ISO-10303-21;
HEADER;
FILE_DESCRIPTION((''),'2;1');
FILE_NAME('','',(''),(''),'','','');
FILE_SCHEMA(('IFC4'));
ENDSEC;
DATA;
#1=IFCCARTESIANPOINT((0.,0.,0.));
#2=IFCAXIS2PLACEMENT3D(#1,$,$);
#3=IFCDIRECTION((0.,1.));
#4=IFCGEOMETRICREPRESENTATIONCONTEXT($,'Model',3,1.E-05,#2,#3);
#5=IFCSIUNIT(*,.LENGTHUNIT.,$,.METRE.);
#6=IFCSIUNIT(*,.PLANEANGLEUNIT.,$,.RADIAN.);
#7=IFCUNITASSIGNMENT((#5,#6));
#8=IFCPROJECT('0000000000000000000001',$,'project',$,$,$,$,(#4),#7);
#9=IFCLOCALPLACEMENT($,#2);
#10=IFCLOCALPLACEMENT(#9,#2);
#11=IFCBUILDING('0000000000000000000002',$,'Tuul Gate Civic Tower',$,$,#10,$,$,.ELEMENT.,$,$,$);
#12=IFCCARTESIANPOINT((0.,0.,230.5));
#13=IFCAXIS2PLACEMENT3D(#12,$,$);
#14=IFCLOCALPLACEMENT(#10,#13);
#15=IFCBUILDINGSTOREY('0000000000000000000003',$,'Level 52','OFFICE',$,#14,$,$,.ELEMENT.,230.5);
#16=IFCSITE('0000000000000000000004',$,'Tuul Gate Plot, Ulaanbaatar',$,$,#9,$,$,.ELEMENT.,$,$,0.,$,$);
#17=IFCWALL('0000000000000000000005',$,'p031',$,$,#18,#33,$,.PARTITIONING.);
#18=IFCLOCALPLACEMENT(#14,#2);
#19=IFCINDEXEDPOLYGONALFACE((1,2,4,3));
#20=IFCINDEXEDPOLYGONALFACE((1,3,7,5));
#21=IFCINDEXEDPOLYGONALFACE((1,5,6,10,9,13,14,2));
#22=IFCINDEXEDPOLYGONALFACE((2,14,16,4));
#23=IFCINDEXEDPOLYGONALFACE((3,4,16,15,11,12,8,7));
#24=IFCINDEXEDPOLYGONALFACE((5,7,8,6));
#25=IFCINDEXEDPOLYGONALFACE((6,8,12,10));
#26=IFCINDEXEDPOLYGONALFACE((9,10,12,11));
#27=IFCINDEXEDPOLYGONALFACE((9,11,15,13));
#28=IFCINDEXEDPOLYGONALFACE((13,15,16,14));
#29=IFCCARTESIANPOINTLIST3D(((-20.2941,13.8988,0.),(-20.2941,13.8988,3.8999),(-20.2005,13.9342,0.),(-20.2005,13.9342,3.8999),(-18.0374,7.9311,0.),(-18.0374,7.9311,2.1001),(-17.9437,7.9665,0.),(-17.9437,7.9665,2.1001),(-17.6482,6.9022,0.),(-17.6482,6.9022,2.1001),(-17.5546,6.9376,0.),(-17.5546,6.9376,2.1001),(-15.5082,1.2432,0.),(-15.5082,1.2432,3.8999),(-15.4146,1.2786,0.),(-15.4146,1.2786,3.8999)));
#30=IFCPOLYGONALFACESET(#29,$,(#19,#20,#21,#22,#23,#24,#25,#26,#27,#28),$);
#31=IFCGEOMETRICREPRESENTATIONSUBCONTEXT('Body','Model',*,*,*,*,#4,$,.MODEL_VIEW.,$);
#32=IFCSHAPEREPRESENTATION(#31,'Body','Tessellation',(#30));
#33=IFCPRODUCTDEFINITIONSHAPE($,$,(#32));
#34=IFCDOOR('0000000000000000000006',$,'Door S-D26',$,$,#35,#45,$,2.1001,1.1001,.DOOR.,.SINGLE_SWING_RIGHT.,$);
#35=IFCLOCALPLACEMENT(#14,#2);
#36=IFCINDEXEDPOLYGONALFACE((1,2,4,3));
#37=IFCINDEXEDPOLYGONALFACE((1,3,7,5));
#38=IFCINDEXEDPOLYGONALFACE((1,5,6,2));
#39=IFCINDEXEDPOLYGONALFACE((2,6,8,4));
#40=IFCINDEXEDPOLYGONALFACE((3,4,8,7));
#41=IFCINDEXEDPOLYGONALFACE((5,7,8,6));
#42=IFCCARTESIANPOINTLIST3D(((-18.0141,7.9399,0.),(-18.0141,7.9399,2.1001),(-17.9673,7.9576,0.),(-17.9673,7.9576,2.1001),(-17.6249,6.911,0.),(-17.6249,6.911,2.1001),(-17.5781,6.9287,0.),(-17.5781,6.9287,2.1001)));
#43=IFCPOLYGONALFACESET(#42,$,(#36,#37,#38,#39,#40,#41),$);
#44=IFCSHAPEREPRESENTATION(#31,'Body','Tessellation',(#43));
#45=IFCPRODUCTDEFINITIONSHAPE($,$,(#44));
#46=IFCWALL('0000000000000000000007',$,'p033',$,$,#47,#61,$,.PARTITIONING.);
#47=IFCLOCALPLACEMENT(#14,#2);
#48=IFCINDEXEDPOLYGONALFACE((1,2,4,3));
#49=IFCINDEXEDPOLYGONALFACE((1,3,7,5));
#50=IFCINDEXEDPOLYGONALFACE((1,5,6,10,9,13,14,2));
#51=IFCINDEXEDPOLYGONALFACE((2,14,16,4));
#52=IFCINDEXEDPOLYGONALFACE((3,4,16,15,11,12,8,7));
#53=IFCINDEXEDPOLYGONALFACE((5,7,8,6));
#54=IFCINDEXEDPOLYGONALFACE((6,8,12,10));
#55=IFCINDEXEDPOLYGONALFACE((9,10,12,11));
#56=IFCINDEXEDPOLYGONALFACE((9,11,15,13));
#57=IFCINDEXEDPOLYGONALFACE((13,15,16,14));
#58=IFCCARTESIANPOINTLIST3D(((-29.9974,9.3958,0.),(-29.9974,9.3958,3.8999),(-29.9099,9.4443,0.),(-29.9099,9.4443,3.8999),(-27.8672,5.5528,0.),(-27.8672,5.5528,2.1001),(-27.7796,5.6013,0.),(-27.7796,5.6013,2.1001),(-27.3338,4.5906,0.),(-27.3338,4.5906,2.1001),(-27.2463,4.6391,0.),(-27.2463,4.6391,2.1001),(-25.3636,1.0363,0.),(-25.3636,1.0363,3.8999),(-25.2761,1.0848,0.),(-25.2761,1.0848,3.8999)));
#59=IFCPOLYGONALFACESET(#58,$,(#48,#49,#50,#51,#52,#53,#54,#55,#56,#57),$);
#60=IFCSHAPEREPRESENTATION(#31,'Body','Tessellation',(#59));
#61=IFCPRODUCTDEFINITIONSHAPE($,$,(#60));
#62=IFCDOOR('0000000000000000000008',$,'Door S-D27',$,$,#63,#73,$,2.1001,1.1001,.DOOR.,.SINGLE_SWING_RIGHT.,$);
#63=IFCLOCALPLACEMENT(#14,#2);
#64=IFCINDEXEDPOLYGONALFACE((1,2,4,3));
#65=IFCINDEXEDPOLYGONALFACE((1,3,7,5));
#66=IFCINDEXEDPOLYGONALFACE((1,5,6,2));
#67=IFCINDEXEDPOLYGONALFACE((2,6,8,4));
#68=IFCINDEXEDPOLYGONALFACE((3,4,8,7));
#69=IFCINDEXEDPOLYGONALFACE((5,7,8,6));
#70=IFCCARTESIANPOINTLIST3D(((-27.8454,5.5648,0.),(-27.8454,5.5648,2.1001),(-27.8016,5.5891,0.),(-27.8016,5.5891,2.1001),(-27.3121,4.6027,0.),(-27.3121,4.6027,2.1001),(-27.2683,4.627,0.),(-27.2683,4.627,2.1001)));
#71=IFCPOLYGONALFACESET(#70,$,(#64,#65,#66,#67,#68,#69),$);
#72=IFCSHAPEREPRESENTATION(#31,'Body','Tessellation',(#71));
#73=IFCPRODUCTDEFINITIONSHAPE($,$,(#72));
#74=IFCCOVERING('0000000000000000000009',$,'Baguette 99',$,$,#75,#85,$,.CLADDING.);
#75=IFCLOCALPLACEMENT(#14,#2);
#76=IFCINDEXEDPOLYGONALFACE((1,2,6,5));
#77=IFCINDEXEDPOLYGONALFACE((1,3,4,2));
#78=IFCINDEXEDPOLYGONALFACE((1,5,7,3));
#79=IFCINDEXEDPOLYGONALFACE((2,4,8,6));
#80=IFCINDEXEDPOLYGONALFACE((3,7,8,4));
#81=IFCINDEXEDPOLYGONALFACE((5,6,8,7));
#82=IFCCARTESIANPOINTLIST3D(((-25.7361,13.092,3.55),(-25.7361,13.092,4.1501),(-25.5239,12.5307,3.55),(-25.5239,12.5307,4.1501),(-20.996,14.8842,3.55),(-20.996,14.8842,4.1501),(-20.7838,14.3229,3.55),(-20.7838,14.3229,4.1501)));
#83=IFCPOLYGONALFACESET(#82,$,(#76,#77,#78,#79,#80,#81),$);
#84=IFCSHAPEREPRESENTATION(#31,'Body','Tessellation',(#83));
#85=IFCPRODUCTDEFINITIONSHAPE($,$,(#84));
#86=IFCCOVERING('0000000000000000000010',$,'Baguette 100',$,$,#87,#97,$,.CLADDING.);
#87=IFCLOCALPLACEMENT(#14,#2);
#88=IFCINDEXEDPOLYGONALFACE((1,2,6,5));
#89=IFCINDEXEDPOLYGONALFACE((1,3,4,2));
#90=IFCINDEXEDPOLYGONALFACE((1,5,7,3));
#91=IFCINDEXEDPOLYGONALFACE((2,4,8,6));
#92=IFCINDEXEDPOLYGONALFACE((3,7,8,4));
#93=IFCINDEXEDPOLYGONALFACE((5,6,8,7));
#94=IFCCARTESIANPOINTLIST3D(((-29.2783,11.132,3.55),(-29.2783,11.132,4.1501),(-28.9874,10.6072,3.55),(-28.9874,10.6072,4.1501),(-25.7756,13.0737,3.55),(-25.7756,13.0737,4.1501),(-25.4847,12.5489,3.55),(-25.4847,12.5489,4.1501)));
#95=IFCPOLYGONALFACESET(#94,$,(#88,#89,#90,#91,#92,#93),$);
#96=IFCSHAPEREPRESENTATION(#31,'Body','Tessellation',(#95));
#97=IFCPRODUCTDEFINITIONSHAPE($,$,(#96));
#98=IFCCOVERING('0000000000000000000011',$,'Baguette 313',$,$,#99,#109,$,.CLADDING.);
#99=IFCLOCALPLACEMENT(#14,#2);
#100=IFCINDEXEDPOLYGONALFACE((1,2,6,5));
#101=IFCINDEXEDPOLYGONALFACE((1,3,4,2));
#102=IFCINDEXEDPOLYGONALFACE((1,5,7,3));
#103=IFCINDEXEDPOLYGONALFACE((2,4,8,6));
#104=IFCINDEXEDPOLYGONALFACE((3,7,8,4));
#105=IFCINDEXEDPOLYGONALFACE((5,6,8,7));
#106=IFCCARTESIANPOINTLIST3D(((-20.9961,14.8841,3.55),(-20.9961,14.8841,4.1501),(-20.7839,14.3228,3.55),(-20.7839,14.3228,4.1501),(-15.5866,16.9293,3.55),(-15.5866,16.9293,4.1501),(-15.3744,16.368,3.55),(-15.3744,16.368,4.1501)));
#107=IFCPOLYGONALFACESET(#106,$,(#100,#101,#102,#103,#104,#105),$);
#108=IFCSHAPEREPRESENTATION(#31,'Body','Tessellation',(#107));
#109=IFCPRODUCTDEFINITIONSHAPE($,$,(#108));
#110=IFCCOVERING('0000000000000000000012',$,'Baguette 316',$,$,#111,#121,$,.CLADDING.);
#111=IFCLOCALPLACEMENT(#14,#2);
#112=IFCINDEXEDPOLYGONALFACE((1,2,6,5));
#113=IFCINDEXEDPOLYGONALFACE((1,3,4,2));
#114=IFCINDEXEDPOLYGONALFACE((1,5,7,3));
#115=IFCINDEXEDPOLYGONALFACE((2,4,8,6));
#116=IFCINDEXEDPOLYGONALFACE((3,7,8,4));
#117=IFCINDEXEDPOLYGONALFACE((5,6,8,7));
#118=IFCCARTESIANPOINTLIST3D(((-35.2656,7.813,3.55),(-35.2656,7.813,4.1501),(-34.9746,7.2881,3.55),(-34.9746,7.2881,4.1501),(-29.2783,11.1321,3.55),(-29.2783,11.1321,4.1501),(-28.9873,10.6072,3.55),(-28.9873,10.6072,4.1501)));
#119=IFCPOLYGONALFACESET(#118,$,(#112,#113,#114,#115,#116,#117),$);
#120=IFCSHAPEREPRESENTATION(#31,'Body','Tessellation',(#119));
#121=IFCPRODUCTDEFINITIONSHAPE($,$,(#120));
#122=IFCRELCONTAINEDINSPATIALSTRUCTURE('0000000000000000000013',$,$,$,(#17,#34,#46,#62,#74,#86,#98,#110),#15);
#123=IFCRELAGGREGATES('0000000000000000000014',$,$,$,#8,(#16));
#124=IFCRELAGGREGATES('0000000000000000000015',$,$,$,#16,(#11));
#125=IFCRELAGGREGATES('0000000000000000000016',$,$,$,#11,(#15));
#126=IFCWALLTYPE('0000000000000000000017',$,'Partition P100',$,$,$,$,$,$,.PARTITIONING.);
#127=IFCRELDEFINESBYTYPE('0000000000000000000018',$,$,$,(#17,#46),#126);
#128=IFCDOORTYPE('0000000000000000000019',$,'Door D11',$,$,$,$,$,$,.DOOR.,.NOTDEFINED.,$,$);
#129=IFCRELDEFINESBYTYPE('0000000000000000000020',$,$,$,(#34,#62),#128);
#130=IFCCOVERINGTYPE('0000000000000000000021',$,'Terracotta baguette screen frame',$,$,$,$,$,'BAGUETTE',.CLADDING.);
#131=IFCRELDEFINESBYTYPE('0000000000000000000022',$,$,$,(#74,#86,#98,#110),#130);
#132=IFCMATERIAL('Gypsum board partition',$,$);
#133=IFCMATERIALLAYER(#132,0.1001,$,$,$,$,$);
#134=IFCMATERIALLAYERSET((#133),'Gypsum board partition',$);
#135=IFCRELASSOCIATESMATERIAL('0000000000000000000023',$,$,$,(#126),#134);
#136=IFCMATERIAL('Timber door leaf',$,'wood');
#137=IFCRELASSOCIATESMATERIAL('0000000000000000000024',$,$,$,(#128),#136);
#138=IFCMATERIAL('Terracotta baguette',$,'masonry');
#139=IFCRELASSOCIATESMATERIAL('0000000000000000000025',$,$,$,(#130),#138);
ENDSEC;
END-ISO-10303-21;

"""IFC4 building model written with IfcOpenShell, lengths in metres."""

from ifc_helpers import new_model, si_unit, direction, frame, frame_2d, origin, origin_2d, place, context, subcontext, project, spatial, rectangle, extrude, material, layer, layer_set, material_profile, profile_set, type_object, element, fill, save


model = new_model("IFC4")

# Units and contexts
model_context = context("Model", 3, precision=1e-05, world=origin(), true_north=direction((0.0, 1.0)))
body_context = subcontext(model_context, "Body", "Model", "MODEL_VIEW")
ifc_project = project(units=[si_unit("LENGTHUNIT", "METRE"), si_unit("PLANEANGLEUNIT", "RADIAN")], contexts=[model_context])

# Site, building, storey
site_placement = place(None, origin())
site = spatial("IfcSite", under=ifc_project, at=site_placement, Name="Tuul Gate Plot, Ulaanbaatar", CompositionType="ELEMENT", RefElevation=0.0)
building_placement = place(site_placement, origin())
building = spatial("IfcBuilding", under=site, at=building_placement, Name="Tuul Gate Civic Tower", CompositionType="ELEMENT")
storey_placement = place(building_placement, frame((0.0, 0.0, 230.5)))
storey = spatial("IfcBuildingStorey", under=building, at=storey_placement, Name="Level 52", Description="OFFICE", CompositionType="ELEMENT", Elevation=230.5)

# Walls, openings, doors
ifc_material_1 = material(Name="Gypsum board partition")
ifc_layer_1 = layer(ifc_material_1, 0.1001)
ifc_layer_set_1 = layer_set([ifc_layer_1], Name="Gypsum board partition")
wall_type_1 = type_object("IfcWallType", Name="Partition P100", PredefinedType="PARTITIONING", material=ifc_layer_set_1)
wall_1_placement = place(storey_placement, frame((-20.2473, 13.9165, 0.0), z_axis=(0.0, 0.0, 1.0), x_axis=(0.353718, -0.935352, 0.0)))
wall_1 = element("IfcWall", 1, at=wall_1_placement, inside=storey, type_object=wall_type_1, Name="p031", PredefinedType="PARTITIONING", context=body_context, shape_type="SweptSolid", body=[
    extrude(rectangle(XDim=13.5303, YDim=0.1001, at=frame_2d((6.7651, 0.0))), origin(), (0.0, 0.0, 1.0), 3.8999),
])
opening_1_placement = place(wall_1_placement, frame((6.3801, 0.0, 0.0)))
opening_1 = element("IfcOpeningElement", 2, at=opening_1_placement, cuts=wall_1, PredefinedType="OPENING", context=body_context, shape_type="SweptSolid", body=[
    extrude(rectangle(XDim=1.1001, YDim=2.1001, at=frame_2d((0.55, 1.05))), frame((0.0, 0.0601, 0.0), z_axis=(0.0, -1.0, 0.0), x_axis=(1.0, 0.0, 0.0)), (0.0, 0.0, 1.0), 0.1201),
])
ifc_material_2 = material(Name="Timber door leaf", Category="wood")
door_type = type_object("IfcDoorType", Name="Door D11", OperationType="NOTDEFINED", PredefinedType="DOOR", material=ifc_material_2)
door_1_placement = place(opening_1_placement, origin())
door_1 = element("IfcDoor", 3, at=door_1_placement, inside=storey, type_object=door_type, Name="Door S-D26", OperationType="SINGLE_SWING_RIGHT", OverallHeight=2.1001, OverallWidth=1.1001, PredefinedType="DOOR", context=body_context, shape_type="SweptSolid", body=[
    extrude(rectangle(XDim=1.1001, YDim=2.1001, at=frame_2d((0.55, 1.05))), frame((0.0, 0.0249, 0.0), z_axis=(0.0, -1.0, 0.0), x_axis=(1.0, 0.0, 0.0)), (0.0, 0.0, 1.0), 0.05),
])
fill(opening_1, door_1)
wall_2_placement = place(storey_placement, frame((-29.9536, 9.4199, 0.0), z_axis=(0.0, 0.0, 1.0), x_axis=(0.484819, -0.874615, 0.0)))
wall_2 = element("IfcWall", 4, at=wall_2_placement, inside=storey, type_object=wall_type_1, Name="p033", PredefinedType="PARTITIONING", context=body_context, shape_type="SweptSolid", body=[
    extrude(rectangle(XDim=9.5579, YDim=0.1001, at=frame_2d((4.7788, 0.0))), origin(), (0.0, 0.0, 1.0), 3.8999),
])
opening_2_placement = place(wall_2_placement, frame((4.3938, 0.0, 0.0)))
opening_2 = element("IfcOpeningElement", 5, at=opening_2_placement, cuts=wall_2, PredefinedType="OPENING", context=body_context, shape_type="SweptSolid", body=[
    extrude(rectangle(XDim=1.1001, YDim=2.1001, at=frame_2d((0.55, 1.05))), frame((0.0, 0.0601, 0.0), z_axis=(0.0, -1.0, 0.0), x_axis=(1.0, 0.0, 0.0)), (0.0, 0.0, 1.0), 0.1201),
])
door_2_placement = place(opening_2_placement, origin())
door_2 = element("IfcDoor", 6, at=door_2_placement, inside=storey, type_object=door_type, Name="Door S-D27", OperationType="SINGLE_SWING_RIGHT", OverallHeight=2.1001, OverallWidth=1.1001, PredefinedType="DOOR", context=body_context, shape_type="SweptSolid", body=[
    extrude(rectangle(XDim=1.1001, YDim=2.1001, at=frame_2d((0.55, 1.05))), frame((0.0, 0.0249, 0.0), z_axis=(0.0, -1.0, 0.0), x_axis=(1.0, 0.0, 0.0)), (0.0, 0.0, 1.0), 0.05),
])
fill(opening_2, door_2)

# Coverings
ifc_material_3 = material(Name="Terracotta baguette", Category="masonry")
ifc_material_profile_1 = material_profile(ifc_material_3, rectangle(XDim=0.6001, YDim=0.6001, at=origin_2d()), Name="Terracotta baguette screen frame")
ifc_profile_set_1 = profile_set([ifc_material_profile_1], Name="Terracotta baguette")
covering_type = type_object("IfcCoveringType", Name="Terracotta baguette screen frame", ElementType="BAGUETTE", PredefinedType="CLADDING", material=ifc_profile_set_1)
covering_1_placement = place(storey_placement, frame((-20.8899, 14.6035, 3.8501), z_axis=(-0.935375, -0.353656, 0.0), x_axis=(0.353656, -0.935375, 0.0)))
element("IfcCovering", 7, at=covering_1_placement, inside=storey, type_object=covering_type, Name="Baguette 99", PredefinedType="CLADDING", context=body_context, shape_type="SweptSolid", body=[
    extrude(rectangle(XDim=0.6001, YDim=0.6001, at=origin_2d()), origin(), (0.0, 0.0, 1.0), 5.0676),
])
covering_2_placement = place(storey_placement, frame((-25.6301, 12.8113, 3.8501), z_axis=(-0.874611, -0.484825, 0.0), x_axis=(0.484825, -0.874611, 0.0)))
element("IfcCovering", 8, at=covering_2_placement, inside=storey, type_object=covering_type, Name="Baguette 100", PredefinedType="CLADDING", context=body_context, shape_type="SweptSolid", body=[
    extrude(rectangle(XDim=0.6001, YDim=0.6001, at=origin_2d()), origin(), (0.0, 0.0, 1.0), 4.0049),
])
covering_3_placement = place(storey_placement, frame((-15.4805, 16.6487, 3.8501), z_axis=(-0.93538, -0.353644, 0.0), x_axis=(0.353644, -0.93538, 0.0)))
element("IfcCovering", 9, at=covering_3_placement, inside=storey, type_object=covering_type, Name="Baguette 313", PredefinedType="CLADDING", context=body_context, shape_type="SweptSolid", body=[
    extrude(rectangle(XDim=0.6001, YDim=0.6001, at=origin_2d()), origin(), (0.0, 0.0, 1.0), 5.7832),
])
covering_4_placement = place(storey_placement, frame((-29.1328, 10.8696, 3.8501), z_axis=(-0.874603, -0.48484, 0.0), x_axis=(0.48484, -0.874603, 0.0)))
element("IfcCovering", 10, at=covering_4_placement, inside=storey, type_object=covering_type, Name="Baguette 316", PredefinedType="CLADDING", context=body_context, shape_type="SweptSolid", body=[
    extrude(rectangle(XDim=0.6001, YDim=0.6001, at=origin_2d()), origin(), (0.0, 0.0, 1.0), 6.8457),
])

save(model, "model.ifc")
